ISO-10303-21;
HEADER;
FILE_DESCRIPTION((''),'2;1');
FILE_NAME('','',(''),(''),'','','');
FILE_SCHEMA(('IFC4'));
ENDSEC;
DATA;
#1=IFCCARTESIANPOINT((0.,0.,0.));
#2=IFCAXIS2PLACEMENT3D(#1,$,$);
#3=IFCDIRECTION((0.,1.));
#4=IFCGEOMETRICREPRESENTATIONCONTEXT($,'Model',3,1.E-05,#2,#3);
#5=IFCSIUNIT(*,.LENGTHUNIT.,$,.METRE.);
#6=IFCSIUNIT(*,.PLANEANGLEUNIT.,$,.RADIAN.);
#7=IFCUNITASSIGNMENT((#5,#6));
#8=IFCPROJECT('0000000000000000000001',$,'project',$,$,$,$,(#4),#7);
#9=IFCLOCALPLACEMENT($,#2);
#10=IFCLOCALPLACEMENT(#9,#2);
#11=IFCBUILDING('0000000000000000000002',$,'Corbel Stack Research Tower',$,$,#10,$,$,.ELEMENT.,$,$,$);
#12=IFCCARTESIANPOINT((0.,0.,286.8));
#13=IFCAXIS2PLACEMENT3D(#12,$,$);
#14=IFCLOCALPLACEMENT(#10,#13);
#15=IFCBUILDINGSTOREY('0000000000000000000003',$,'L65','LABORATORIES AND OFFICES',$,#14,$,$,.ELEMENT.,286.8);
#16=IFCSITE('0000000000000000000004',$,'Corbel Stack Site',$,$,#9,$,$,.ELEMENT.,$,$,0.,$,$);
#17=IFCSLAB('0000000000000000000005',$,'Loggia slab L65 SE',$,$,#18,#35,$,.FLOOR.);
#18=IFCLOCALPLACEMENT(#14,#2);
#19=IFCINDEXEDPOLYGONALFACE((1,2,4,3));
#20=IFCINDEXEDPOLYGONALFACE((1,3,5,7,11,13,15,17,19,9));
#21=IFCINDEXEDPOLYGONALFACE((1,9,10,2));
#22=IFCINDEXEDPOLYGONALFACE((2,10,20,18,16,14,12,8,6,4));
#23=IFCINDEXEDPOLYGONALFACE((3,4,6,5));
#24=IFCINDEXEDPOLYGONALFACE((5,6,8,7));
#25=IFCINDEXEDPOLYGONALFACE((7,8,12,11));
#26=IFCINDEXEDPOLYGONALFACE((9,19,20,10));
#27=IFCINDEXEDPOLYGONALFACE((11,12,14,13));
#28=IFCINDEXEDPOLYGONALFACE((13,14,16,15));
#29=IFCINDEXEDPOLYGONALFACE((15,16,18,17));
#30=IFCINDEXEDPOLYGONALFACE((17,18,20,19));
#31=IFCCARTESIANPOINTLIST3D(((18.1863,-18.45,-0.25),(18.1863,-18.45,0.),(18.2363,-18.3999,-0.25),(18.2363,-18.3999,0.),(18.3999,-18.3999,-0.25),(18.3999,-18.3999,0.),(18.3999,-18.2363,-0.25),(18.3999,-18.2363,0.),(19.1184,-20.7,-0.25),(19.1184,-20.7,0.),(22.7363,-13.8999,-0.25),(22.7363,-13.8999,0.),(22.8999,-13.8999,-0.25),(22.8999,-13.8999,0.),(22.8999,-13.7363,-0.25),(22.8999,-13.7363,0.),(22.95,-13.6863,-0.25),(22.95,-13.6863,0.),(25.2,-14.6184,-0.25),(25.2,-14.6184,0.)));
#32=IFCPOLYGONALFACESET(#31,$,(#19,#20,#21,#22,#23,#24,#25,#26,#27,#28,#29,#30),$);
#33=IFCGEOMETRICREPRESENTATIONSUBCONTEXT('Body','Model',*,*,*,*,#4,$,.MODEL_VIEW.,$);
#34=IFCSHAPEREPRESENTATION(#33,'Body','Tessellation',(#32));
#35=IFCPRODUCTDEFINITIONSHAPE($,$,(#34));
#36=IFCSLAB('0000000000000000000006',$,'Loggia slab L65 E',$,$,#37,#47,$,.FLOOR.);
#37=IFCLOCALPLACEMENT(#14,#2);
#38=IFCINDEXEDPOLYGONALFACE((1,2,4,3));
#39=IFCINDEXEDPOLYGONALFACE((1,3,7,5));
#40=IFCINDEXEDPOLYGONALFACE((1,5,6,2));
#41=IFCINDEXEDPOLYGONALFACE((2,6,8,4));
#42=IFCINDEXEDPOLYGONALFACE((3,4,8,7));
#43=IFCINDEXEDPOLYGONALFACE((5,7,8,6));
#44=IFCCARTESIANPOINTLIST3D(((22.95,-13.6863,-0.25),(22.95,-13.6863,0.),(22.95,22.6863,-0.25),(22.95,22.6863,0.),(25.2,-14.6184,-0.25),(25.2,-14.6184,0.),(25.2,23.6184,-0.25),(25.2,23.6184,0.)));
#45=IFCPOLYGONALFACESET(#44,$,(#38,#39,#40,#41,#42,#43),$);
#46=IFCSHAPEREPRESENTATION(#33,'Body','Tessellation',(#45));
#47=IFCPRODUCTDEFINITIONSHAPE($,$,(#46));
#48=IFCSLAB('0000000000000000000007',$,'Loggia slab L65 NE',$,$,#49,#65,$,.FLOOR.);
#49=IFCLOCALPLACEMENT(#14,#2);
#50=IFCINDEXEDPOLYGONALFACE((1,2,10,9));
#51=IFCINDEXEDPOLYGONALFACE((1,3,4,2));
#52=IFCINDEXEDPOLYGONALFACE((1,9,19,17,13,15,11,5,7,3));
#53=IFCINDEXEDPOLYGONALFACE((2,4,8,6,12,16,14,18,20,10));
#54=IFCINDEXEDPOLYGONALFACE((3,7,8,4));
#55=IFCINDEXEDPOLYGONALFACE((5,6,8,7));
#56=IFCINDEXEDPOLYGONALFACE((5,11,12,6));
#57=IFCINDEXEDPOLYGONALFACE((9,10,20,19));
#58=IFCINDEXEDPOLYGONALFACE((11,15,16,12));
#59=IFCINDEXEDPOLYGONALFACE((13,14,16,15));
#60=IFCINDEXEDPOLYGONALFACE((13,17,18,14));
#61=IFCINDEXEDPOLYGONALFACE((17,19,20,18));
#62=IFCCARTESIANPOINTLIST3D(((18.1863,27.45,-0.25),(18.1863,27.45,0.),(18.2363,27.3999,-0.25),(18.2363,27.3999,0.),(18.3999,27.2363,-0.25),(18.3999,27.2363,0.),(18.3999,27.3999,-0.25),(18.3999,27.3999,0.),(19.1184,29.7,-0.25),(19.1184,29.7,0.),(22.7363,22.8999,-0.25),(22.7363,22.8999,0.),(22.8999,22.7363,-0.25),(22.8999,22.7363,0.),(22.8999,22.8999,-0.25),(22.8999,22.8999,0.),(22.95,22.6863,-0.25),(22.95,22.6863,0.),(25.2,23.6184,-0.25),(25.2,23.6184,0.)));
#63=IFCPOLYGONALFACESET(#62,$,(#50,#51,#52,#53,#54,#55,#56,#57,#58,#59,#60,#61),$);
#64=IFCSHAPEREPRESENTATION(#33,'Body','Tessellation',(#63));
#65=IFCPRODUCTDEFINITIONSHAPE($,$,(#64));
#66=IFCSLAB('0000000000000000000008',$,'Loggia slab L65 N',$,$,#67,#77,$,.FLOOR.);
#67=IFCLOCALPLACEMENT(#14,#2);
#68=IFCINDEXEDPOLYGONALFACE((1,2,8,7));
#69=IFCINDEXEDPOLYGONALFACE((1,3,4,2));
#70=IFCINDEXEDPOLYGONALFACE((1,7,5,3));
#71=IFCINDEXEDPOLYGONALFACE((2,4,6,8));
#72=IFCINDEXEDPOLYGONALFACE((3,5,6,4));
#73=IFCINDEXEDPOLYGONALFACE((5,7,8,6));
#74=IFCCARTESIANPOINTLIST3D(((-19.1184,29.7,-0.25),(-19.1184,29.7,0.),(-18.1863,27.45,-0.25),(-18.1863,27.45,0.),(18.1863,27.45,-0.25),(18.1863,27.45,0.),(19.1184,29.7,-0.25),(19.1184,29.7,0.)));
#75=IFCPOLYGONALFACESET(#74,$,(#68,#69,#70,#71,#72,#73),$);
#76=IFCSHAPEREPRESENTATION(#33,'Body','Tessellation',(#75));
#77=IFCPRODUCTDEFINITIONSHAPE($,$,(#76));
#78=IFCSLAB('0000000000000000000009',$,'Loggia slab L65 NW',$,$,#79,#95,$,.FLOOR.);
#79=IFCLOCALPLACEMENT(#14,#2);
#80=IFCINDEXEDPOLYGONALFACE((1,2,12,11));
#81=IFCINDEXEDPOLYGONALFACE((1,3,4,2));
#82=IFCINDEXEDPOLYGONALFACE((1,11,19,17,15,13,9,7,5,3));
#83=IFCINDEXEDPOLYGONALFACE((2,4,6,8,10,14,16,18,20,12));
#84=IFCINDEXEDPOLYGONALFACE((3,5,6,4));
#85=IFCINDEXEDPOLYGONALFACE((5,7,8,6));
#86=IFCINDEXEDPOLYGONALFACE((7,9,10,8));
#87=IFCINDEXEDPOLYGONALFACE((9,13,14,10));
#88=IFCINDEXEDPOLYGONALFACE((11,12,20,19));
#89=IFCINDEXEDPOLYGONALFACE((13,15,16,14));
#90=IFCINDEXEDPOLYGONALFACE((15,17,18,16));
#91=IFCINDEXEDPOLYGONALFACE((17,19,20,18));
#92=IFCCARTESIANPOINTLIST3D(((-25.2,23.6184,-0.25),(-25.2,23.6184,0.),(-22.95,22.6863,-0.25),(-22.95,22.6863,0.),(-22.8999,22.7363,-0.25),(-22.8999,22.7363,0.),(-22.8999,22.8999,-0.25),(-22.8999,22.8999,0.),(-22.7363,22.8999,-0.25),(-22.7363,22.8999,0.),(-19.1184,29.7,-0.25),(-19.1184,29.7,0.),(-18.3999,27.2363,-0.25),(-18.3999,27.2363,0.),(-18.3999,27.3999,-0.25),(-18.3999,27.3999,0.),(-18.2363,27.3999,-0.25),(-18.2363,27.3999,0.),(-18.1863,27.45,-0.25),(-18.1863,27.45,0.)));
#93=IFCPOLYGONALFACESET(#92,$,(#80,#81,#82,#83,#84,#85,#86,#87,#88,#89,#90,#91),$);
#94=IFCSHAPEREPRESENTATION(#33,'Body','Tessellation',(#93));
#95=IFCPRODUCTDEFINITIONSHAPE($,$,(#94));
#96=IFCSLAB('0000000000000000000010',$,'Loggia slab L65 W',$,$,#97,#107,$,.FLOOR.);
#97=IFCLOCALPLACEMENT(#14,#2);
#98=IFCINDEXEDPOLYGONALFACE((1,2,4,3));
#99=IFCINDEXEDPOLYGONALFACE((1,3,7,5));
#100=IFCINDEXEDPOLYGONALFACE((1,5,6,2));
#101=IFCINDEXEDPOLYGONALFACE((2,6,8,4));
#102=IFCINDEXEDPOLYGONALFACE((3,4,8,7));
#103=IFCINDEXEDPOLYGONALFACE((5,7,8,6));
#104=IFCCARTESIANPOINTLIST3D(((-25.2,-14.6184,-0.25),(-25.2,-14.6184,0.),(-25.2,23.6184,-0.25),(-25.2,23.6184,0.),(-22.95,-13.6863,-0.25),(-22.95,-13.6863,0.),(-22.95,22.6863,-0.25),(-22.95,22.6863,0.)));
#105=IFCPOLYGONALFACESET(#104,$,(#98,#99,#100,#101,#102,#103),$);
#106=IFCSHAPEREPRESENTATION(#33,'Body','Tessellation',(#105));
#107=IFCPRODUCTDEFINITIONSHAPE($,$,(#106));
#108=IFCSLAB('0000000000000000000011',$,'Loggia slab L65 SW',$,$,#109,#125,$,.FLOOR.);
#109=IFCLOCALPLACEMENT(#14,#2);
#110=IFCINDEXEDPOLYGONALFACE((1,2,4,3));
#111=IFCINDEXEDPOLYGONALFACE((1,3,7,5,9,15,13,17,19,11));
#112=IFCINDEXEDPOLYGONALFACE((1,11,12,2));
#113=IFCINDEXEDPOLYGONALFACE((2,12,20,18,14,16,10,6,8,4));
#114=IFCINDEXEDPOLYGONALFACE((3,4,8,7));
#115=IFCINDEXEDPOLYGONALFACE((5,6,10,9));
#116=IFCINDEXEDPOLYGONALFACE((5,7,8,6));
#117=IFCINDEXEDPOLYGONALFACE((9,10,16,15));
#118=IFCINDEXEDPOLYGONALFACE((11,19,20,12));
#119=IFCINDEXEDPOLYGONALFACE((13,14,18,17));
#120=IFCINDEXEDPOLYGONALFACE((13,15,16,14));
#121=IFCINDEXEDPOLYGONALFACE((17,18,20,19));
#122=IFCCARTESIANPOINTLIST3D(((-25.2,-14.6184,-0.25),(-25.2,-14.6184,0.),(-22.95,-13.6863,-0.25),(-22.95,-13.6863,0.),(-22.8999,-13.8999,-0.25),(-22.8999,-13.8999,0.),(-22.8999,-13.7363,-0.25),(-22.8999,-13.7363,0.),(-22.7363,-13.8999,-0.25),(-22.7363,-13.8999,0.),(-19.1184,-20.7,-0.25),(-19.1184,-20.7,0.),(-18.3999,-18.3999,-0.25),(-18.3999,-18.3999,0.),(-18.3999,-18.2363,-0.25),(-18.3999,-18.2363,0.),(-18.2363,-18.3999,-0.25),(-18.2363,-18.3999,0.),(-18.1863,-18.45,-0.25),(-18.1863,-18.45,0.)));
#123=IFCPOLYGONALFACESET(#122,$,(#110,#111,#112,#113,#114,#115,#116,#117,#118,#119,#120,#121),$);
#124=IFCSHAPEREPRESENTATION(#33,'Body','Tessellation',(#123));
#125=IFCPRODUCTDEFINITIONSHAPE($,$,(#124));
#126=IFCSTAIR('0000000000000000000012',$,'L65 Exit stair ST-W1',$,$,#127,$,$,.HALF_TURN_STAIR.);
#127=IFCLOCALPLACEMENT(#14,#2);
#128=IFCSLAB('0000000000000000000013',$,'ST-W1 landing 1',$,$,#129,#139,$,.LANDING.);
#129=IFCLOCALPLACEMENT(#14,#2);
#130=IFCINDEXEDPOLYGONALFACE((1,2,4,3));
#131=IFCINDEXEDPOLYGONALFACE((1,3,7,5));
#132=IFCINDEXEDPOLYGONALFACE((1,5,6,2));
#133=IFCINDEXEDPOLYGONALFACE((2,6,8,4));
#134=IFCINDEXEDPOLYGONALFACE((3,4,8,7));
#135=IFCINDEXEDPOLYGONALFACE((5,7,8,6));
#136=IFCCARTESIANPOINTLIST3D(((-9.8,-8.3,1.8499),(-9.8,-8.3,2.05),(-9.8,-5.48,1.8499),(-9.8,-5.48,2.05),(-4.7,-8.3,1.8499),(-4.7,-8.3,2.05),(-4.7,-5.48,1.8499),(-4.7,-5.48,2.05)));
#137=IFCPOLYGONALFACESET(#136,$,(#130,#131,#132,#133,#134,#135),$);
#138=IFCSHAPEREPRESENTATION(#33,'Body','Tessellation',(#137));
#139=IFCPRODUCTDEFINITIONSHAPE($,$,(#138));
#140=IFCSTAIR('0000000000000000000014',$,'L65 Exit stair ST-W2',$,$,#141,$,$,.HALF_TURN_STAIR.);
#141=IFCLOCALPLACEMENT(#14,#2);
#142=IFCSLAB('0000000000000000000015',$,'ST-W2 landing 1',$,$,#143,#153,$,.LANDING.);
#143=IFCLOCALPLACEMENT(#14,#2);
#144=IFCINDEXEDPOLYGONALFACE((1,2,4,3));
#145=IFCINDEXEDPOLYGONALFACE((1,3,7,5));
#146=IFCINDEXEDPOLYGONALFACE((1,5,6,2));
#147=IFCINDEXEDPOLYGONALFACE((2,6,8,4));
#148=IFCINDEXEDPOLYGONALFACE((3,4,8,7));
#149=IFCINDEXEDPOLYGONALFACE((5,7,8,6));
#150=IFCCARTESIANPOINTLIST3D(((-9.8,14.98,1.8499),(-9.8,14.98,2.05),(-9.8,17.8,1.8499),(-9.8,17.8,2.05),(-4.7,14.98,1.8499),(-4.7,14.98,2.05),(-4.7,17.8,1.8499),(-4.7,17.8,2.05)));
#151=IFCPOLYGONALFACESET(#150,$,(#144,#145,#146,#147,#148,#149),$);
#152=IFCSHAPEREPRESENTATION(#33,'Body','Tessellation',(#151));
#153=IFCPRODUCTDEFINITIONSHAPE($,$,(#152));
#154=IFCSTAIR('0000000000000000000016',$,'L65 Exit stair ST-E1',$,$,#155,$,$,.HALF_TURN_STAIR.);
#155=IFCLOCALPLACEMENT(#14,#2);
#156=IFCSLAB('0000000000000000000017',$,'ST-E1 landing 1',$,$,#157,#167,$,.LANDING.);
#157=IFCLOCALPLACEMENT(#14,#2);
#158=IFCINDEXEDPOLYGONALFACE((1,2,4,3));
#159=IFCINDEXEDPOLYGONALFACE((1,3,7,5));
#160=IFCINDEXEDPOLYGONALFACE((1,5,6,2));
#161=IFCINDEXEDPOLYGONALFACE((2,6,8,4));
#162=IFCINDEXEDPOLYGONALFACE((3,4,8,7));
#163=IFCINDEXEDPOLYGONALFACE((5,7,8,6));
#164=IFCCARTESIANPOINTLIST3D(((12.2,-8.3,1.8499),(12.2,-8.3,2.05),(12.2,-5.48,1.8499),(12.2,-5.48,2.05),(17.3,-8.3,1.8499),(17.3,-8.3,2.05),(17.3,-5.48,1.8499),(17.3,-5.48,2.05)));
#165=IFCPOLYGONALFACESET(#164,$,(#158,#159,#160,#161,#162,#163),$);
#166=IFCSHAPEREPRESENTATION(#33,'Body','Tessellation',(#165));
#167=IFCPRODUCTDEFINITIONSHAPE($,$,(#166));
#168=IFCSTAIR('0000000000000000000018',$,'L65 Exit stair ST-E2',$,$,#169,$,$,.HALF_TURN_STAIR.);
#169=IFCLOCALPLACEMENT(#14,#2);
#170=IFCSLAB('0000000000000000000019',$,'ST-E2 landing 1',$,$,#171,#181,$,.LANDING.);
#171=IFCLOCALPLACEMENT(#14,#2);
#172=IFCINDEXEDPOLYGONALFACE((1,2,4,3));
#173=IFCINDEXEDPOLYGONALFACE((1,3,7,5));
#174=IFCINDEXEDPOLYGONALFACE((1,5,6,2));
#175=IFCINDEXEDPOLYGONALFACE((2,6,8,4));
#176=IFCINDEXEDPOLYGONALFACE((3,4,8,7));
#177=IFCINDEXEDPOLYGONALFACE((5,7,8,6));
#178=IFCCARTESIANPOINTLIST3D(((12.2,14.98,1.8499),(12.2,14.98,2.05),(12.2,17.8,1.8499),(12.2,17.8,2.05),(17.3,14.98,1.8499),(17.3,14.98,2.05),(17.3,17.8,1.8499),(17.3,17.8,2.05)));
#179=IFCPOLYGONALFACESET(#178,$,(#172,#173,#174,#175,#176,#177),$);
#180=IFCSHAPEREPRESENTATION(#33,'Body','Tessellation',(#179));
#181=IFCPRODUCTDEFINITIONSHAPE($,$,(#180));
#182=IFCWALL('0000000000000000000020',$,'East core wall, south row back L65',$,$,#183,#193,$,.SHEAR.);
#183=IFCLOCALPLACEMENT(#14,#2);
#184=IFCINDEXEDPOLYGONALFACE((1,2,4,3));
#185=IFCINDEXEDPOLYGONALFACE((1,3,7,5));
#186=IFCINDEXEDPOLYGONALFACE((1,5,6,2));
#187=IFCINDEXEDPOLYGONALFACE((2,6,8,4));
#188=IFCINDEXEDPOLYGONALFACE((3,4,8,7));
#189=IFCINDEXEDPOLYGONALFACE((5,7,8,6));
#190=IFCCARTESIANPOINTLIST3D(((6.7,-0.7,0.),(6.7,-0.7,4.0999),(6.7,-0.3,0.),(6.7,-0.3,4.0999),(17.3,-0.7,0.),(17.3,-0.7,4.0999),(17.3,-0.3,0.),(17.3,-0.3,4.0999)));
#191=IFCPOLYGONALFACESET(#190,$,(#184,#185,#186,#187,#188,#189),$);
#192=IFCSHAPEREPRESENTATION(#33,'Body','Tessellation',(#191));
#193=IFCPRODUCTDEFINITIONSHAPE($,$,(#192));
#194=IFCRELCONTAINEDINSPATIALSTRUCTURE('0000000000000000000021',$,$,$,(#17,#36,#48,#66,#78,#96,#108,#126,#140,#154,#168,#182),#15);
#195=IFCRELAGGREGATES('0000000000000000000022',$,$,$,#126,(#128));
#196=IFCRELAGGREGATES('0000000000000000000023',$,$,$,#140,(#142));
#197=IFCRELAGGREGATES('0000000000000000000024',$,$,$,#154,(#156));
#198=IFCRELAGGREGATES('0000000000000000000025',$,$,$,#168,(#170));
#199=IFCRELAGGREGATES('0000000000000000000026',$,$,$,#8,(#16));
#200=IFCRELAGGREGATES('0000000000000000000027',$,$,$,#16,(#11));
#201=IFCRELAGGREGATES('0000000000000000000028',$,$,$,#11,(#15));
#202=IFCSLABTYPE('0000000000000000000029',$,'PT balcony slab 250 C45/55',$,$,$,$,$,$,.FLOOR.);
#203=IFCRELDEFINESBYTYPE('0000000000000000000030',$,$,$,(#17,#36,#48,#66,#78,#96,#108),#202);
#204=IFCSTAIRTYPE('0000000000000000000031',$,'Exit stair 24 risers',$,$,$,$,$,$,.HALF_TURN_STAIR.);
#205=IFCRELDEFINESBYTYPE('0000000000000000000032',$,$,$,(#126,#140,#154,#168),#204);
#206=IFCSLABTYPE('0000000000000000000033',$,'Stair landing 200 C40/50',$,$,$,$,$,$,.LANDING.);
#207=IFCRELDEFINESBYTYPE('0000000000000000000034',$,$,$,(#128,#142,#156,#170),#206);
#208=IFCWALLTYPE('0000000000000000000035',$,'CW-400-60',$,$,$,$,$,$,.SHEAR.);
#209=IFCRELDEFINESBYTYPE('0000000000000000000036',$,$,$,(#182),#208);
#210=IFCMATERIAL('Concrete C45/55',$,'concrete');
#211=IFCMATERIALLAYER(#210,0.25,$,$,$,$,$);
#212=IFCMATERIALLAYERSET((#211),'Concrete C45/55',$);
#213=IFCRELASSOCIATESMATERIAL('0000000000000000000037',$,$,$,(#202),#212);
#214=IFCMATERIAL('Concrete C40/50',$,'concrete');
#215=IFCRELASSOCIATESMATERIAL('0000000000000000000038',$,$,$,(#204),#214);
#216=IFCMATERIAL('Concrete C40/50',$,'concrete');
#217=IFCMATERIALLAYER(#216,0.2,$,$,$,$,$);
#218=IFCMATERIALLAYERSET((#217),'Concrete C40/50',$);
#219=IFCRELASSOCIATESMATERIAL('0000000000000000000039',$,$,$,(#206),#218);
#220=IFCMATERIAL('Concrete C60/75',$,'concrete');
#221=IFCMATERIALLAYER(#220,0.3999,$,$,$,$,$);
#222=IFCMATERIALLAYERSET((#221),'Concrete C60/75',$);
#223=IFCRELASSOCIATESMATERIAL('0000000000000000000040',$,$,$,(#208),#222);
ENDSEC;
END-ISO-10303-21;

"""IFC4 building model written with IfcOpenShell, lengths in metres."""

from ifc_helpers import new_model, si_unit, direction, frame, frame_2d, origin, place, context, subcontext, project, spatial, polyline, rectangle, outline, extrude, material, layer, layer_set, type_object, element, aggregate, save


model = new_model("IFC4")

# Units and contexts
model_context = context("Model", 3, precision=1e-05, world=origin(), true_north=direction((0.0, 1.0)))
body_context = subcontext(model_context, "Body", "Model", "MODEL_VIEW")
ifc_project = project(units=[si_unit("LENGTHUNIT", "METRE"), si_unit("PLANEANGLEUNIT", "RADIAN")], contexts=[model_context])

# Site, building, storey
site_placement = place(None, origin())
site = spatial("IfcSite", under=ifc_project, at=site_placement, Name="Corbel Stack Site", CompositionType="ELEMENT", RefElevation=0.0)
building_placement = place(site_placement, origin())
building = spatial("IfcBuilding", under=site, at=building_placement, Name="Corbel Stack Research Tower", CompositionType="ELEMENT")
storey_placement = place(building_placement, frame((0.0, 0.0, 286.8)))
storey = spatial("IfcBuildingStorey", under=building, at=storey_placement, Name="L65", Description="LABORATORIES AND OFFICES", CompositionType="ELEMENT", Elevation=286.8)

# Slabs
ifc_material_1 = material(Name="Concrete C45/55", Category="concrete")
ifc_layer_1 = layer(ifc_material_1, 0.25)
ifc_layer_set_1 = layer_set([ifc_layer_1], Name="Concrete C45/55")
slab_type_1 = type_object("IfcSlabType", Name="PT balcony slab 250 C45/55", PredefinedType="FLOOR", material=ifc_layer_set_1)
slab_1_placement = place(storey_placement, frame((0.0, 0.0, -0.25)))
element("IfcSlab", 1, at=slab_1_placement, inside=storey, type_object=slab_type_1, Name="Loggia slab L65 SE", PredefinedType="FLOOR", context=body_context, shape_type="SweptSolid", body=[
    extrude(outline(polyline([(22.95, -13.6863), (22.8999, -13.7363), (22.8999, -13.8999), (22.7363, -13.8999), (18.3999, -18.2363), (18.3999, -18.3999), (18.2363, -18.3999), (18.1863, -18.45), (19.1184, -20.7), (25.2, -14.6184), (22.95, -13.6863)])), origin(), (0.0, 0.0, 1.0), 0.25),
])
slab_2_placement = place(storey_placement, frame((0.0, 0.0, -0.25)))
element("IfcSlab", 2, at=slab_2_placement, inside=storey, type_object=slab_type_1, Name="Loggia slab L65 E", PredefinedType="FLOOR", context=body_context, shape_type="SweptSolid", body=[
    extrude(outline(polyline([(22.95, 22.6863), (22.95, -13.6863), (25.2, -14.6184), (25.2, 23.6184), (22.95, 22.6863)])), origin(), (0.0, 0.0, 1.0), 0.25),
])
slab_3_placement = place(storey_placement, frame((0.0, 0.0, -0.25)))
element("IfcSlab", 3, at=slab_3_placement, inside=storey, type_object=slab_type_1, Name="Loggia slab L65 NE", PredefinedType="FLOOR", context=body_context, shape_type="SweptSolid", body=[
    extrude(outline(polyline([(18.1863, 27.45), (18.2363, 27.3999), (18.3999, 27.3999), (18.3999, 27.2363), (22.7363, 22.8999), (22.8999, 22.8999), (22.8999, 22.7363), (22.95, 22.6863), (25.2, 23.6184), (19.1184, 29.7), (18.1863, 27.45)])), origin(), (0.0, 0.0, 1.0), 0.25),
])
slab_4_placement = place(storey_placement, frame((0.0, 0.0, -0.25)))
element("IfcSlab", 4, at=slab_4_placement, inside=storey, type_object=slab_type_1, Name="Loggia slab L65 N", PredefinedType="FLOOR", context=body_context, shape_type="SweptSolid", body=[
    extrude(outline(polyline([(-18.1863, 27.45), (18.1863, 27.45), (19.1184, 29.7), (-19.1184, 29.7), (-18.1863, 27.45)])), origin(), (0.0, 0.0, 1.0), 0.25),
])
slab_5_placement = place(storey_placement, frame((0.0, 0.0, -0.25)))
element("IfcSlab", 5, at=slab_5_placement, inside=storey, type_object=slab_type_1, Name="Loggia slab L65 NW", PredefinedType="FLOOR", context=body_context, shape_type="SweptSolid", body=[
    extrude(outline(polyline([(-22.95, 22.6863), (-22.8999, 22.7363), (-22.8999, 22.8999), (-22.7363, 22.8999), (-18.3999, 27.2363), (-18.3999, 27.3999), (-18.2363, 27.3999), (-18.1863, 27.45), (-19.1184, 29.7), (-25.2, 23.6184), (-22.95, 22.6863)])), origin(), (0.0, 0.0, 1.0), 0.25),
])
slab_6_placement = place(storey_placement, frame((0.0, 0.0, -0.25)))
element("IfcSlab", 6, at=slab_6_placement, inside=storey, type_object=slab_type_1, Name="Loggia slab L65 W", PredefinedType="FLOOR", context=body_context, shape_type="SweptSolid", body=[
    extrude(outline(polyline([(-22.95, -13.6863), (-22.95, 22.6863), (-25.2, 23.6184), (-25.2, -14.6184), (-22.95, -13.6863)])), origin(), (0.0, 0.0, 1.0), 0.25),
])
slab_7_placement = place(storey_placement, frame((0.0, 0.0, -0.25)))
element("IfcSlab", 7, at=slab_7_placement, inside=storey, type_object=slab_type_1, Name="Loggia slab L65 SW", PredefinedType="FLOOR", context=body_context, shape_type="SweptSolid", body=[
    extrude(outline(polyline([(-18.1863, -18.45), (-18.2363, -18.3999), (-18.3999, -18.3999), (-18.3999, -18.2363), (-22.7363, -13.8999), (-22.8999, -13.8999), (-22.8999, -13.7363), (-22.95, -13.6863), (-25.2, -14.6184), (-19.1184, -20.7), (-18.1863, -18.45)])), origin(), (0.0, 0.0, 1.0), 0.25),
])

# Stairs, slabs
ifc_material_2 = material(Name="Concrete C40/50", Category="concrete")
stair_type = type_object("IfcStairType", Name="Exit stair 24 risers", PredefinedType="HALF_TURN_STAIR", material=ifc_material_2)
stair_1_placement = place(storey_placement, origin())
stair_1 = element("IfcStair", 8, at=stair_1_placement, inside=storey, type_object=stair_type, Name="L65 Exit stair ST-W1", PredefinedType="HALF_TURN_STAIR")
ifc_material_3 = material(Name="Concrete C40/50", Category="concrete")
ifc_layer_2 = layer(ifc_material_3, 0.2)
ifc_layer_set_2 = layer_set([ifc_layer_2], Name="Concrete C40/50")
slab_type_2 = type_object("IfcSlabType", Name="Stair landing 200 C40/50", PredefinedType="LANDING", material=ifc_layer_set_2)
slab_8_placement = place(storey_placement, frame((0.0, 0.0, 1.8499)))
slab_8 = element("IfcSlab", 9, at=slab_8_placement, type_object=slab_type_2, Name="ST-W1 landing 1", PredefinedType="LANDING", context=body_context, shape_type="SweptSolid", body=[
    extrude(outline(polyline([(-9.8, -8.3), (-9.8, -5.48), (-4.7, -5.48), (-4.7, -8.3), (-9.8, -8.3)])), origin(), (0.0, 0.0, 1.0), 0.2002),
])
aggregate(stair_1, [slab_8])
stair_2_placement = place(storey_placement, origin())
stair_2 = element("IfcStair", 10, at=stair_2_placement, inside=storey, type_object=stair_type, Name="L65 Exit stair ST-W2", PredefinedType="HALF_TURN_STAIR")
slab_9_placement = place(storey_placement, frame((0.0, 0.0, 1.8499)))
slab_9 = element("IfcSlab", 11, at=slab_9_placement, type_object=slab_type_2, Name="ST-W2 landing 1", PredefinedType="LANDING", context=body_context, shape_type="SweptSolid", body=[
    extrude(outline(polyline([(-9.8, 14.98), (-9.8, 17.8), (-4.7, 17.8), (-4.7, 14.98), (-9.8, 14.98)])), origin(), (0.0, 0.0, 1.0), 0.2002),
])
aggregate(stair_2, [slab_9])
stair_3_placement = place(storey_placement, origin())
stair_3 = element("IfcStair", 12, at=stair_3_placement, inside=storey, type_object=stair_type, Name="L65 Exit stair ST-E1", PredefinedType="HALF_TURN_STAIR")
slab_10_placement = place(storey_placement, frame((0.0, 0.0, 1.8499)))
slab_10 = element("IfcSlab", 13, at=slab_10_placement, type_object=slab_type_2, Name="ST-E1 landing 1", PredefinedType="LANDING", context=body_context, shape_type="SweptSolid", body=[
    extrude(outline(polyline([(12.2, -8.3), (12.2, -5.48), (17.3, -5.48), (17.3, -8.3), (12.2, -8.3)])), origin(), (0.0, 0.0, 1.0), 0.2002),
])
aggregate(stair_3, [slab_10])
stair_4_placement = place(storey_placement, origin())
stair_4 = element("IfcStair", 14, at=stair_4_placement, inside=storey, type_object=stair_type, Name="L65 Exit stair ST-E2", PredefinedType="HALF_TURN_STAIR")
slab_11_placement = place(storey_placement, frame((0.0, 0.0, 1.8499)))
slab_11 = element("IfcSlab", 15, at=slab_11_placement, type_object=slab_type_2, Name="ST-E2 landing 1", PredefinedType="LANDING", context=body_context, shape_type="SweptSolid", body=[
    extrude(outline(polyline([(12.2, 14.98), (12.2, 17.8), (17.3, 17.8), (17.3, 14.98), (12.2, 14.98)])), origin(), (0.0, 0.0, 1.0), 0.2002),
])
aggregate(stair_4, [slab_11])

# Wall
ifc_material_4 = material(Name="Concrete C60/75", Category="concrete")
ifc_layer_3 = layer(ifc_material_4, 0.3999)
ifc_layer_set_3 = layer_set([ifc_layer_3], Name="Concrete C60/75")
wall_type_1 = type_object("IfcWallType", Name="CW-400-60", PredefinedType="SHEAR", material=ifc_layer_set_3)
wall_1_placement = place(storey_placement, frame((6.7, -0.5, 0.0), z_axis=(0.0, 0.0, 1.0), x_axis=(1.0, 0.0, 0.0)))
element("IfcWall", 16, at=wall_1_placement, inside=storey, type_object=wall_type_1, Name="East core wall, south row back L65", PredefinedType="SHEAR", context=body_context, shape_type="SweptSolid", body=[
    extrude(rectangle(XDim=10.6001, YDim=0.3999, at=frame_2d((5.3, 0.0))), origin(), (0.0, 0.0, 1.0), 4.0999),
])

save(model, "model.ifc")
